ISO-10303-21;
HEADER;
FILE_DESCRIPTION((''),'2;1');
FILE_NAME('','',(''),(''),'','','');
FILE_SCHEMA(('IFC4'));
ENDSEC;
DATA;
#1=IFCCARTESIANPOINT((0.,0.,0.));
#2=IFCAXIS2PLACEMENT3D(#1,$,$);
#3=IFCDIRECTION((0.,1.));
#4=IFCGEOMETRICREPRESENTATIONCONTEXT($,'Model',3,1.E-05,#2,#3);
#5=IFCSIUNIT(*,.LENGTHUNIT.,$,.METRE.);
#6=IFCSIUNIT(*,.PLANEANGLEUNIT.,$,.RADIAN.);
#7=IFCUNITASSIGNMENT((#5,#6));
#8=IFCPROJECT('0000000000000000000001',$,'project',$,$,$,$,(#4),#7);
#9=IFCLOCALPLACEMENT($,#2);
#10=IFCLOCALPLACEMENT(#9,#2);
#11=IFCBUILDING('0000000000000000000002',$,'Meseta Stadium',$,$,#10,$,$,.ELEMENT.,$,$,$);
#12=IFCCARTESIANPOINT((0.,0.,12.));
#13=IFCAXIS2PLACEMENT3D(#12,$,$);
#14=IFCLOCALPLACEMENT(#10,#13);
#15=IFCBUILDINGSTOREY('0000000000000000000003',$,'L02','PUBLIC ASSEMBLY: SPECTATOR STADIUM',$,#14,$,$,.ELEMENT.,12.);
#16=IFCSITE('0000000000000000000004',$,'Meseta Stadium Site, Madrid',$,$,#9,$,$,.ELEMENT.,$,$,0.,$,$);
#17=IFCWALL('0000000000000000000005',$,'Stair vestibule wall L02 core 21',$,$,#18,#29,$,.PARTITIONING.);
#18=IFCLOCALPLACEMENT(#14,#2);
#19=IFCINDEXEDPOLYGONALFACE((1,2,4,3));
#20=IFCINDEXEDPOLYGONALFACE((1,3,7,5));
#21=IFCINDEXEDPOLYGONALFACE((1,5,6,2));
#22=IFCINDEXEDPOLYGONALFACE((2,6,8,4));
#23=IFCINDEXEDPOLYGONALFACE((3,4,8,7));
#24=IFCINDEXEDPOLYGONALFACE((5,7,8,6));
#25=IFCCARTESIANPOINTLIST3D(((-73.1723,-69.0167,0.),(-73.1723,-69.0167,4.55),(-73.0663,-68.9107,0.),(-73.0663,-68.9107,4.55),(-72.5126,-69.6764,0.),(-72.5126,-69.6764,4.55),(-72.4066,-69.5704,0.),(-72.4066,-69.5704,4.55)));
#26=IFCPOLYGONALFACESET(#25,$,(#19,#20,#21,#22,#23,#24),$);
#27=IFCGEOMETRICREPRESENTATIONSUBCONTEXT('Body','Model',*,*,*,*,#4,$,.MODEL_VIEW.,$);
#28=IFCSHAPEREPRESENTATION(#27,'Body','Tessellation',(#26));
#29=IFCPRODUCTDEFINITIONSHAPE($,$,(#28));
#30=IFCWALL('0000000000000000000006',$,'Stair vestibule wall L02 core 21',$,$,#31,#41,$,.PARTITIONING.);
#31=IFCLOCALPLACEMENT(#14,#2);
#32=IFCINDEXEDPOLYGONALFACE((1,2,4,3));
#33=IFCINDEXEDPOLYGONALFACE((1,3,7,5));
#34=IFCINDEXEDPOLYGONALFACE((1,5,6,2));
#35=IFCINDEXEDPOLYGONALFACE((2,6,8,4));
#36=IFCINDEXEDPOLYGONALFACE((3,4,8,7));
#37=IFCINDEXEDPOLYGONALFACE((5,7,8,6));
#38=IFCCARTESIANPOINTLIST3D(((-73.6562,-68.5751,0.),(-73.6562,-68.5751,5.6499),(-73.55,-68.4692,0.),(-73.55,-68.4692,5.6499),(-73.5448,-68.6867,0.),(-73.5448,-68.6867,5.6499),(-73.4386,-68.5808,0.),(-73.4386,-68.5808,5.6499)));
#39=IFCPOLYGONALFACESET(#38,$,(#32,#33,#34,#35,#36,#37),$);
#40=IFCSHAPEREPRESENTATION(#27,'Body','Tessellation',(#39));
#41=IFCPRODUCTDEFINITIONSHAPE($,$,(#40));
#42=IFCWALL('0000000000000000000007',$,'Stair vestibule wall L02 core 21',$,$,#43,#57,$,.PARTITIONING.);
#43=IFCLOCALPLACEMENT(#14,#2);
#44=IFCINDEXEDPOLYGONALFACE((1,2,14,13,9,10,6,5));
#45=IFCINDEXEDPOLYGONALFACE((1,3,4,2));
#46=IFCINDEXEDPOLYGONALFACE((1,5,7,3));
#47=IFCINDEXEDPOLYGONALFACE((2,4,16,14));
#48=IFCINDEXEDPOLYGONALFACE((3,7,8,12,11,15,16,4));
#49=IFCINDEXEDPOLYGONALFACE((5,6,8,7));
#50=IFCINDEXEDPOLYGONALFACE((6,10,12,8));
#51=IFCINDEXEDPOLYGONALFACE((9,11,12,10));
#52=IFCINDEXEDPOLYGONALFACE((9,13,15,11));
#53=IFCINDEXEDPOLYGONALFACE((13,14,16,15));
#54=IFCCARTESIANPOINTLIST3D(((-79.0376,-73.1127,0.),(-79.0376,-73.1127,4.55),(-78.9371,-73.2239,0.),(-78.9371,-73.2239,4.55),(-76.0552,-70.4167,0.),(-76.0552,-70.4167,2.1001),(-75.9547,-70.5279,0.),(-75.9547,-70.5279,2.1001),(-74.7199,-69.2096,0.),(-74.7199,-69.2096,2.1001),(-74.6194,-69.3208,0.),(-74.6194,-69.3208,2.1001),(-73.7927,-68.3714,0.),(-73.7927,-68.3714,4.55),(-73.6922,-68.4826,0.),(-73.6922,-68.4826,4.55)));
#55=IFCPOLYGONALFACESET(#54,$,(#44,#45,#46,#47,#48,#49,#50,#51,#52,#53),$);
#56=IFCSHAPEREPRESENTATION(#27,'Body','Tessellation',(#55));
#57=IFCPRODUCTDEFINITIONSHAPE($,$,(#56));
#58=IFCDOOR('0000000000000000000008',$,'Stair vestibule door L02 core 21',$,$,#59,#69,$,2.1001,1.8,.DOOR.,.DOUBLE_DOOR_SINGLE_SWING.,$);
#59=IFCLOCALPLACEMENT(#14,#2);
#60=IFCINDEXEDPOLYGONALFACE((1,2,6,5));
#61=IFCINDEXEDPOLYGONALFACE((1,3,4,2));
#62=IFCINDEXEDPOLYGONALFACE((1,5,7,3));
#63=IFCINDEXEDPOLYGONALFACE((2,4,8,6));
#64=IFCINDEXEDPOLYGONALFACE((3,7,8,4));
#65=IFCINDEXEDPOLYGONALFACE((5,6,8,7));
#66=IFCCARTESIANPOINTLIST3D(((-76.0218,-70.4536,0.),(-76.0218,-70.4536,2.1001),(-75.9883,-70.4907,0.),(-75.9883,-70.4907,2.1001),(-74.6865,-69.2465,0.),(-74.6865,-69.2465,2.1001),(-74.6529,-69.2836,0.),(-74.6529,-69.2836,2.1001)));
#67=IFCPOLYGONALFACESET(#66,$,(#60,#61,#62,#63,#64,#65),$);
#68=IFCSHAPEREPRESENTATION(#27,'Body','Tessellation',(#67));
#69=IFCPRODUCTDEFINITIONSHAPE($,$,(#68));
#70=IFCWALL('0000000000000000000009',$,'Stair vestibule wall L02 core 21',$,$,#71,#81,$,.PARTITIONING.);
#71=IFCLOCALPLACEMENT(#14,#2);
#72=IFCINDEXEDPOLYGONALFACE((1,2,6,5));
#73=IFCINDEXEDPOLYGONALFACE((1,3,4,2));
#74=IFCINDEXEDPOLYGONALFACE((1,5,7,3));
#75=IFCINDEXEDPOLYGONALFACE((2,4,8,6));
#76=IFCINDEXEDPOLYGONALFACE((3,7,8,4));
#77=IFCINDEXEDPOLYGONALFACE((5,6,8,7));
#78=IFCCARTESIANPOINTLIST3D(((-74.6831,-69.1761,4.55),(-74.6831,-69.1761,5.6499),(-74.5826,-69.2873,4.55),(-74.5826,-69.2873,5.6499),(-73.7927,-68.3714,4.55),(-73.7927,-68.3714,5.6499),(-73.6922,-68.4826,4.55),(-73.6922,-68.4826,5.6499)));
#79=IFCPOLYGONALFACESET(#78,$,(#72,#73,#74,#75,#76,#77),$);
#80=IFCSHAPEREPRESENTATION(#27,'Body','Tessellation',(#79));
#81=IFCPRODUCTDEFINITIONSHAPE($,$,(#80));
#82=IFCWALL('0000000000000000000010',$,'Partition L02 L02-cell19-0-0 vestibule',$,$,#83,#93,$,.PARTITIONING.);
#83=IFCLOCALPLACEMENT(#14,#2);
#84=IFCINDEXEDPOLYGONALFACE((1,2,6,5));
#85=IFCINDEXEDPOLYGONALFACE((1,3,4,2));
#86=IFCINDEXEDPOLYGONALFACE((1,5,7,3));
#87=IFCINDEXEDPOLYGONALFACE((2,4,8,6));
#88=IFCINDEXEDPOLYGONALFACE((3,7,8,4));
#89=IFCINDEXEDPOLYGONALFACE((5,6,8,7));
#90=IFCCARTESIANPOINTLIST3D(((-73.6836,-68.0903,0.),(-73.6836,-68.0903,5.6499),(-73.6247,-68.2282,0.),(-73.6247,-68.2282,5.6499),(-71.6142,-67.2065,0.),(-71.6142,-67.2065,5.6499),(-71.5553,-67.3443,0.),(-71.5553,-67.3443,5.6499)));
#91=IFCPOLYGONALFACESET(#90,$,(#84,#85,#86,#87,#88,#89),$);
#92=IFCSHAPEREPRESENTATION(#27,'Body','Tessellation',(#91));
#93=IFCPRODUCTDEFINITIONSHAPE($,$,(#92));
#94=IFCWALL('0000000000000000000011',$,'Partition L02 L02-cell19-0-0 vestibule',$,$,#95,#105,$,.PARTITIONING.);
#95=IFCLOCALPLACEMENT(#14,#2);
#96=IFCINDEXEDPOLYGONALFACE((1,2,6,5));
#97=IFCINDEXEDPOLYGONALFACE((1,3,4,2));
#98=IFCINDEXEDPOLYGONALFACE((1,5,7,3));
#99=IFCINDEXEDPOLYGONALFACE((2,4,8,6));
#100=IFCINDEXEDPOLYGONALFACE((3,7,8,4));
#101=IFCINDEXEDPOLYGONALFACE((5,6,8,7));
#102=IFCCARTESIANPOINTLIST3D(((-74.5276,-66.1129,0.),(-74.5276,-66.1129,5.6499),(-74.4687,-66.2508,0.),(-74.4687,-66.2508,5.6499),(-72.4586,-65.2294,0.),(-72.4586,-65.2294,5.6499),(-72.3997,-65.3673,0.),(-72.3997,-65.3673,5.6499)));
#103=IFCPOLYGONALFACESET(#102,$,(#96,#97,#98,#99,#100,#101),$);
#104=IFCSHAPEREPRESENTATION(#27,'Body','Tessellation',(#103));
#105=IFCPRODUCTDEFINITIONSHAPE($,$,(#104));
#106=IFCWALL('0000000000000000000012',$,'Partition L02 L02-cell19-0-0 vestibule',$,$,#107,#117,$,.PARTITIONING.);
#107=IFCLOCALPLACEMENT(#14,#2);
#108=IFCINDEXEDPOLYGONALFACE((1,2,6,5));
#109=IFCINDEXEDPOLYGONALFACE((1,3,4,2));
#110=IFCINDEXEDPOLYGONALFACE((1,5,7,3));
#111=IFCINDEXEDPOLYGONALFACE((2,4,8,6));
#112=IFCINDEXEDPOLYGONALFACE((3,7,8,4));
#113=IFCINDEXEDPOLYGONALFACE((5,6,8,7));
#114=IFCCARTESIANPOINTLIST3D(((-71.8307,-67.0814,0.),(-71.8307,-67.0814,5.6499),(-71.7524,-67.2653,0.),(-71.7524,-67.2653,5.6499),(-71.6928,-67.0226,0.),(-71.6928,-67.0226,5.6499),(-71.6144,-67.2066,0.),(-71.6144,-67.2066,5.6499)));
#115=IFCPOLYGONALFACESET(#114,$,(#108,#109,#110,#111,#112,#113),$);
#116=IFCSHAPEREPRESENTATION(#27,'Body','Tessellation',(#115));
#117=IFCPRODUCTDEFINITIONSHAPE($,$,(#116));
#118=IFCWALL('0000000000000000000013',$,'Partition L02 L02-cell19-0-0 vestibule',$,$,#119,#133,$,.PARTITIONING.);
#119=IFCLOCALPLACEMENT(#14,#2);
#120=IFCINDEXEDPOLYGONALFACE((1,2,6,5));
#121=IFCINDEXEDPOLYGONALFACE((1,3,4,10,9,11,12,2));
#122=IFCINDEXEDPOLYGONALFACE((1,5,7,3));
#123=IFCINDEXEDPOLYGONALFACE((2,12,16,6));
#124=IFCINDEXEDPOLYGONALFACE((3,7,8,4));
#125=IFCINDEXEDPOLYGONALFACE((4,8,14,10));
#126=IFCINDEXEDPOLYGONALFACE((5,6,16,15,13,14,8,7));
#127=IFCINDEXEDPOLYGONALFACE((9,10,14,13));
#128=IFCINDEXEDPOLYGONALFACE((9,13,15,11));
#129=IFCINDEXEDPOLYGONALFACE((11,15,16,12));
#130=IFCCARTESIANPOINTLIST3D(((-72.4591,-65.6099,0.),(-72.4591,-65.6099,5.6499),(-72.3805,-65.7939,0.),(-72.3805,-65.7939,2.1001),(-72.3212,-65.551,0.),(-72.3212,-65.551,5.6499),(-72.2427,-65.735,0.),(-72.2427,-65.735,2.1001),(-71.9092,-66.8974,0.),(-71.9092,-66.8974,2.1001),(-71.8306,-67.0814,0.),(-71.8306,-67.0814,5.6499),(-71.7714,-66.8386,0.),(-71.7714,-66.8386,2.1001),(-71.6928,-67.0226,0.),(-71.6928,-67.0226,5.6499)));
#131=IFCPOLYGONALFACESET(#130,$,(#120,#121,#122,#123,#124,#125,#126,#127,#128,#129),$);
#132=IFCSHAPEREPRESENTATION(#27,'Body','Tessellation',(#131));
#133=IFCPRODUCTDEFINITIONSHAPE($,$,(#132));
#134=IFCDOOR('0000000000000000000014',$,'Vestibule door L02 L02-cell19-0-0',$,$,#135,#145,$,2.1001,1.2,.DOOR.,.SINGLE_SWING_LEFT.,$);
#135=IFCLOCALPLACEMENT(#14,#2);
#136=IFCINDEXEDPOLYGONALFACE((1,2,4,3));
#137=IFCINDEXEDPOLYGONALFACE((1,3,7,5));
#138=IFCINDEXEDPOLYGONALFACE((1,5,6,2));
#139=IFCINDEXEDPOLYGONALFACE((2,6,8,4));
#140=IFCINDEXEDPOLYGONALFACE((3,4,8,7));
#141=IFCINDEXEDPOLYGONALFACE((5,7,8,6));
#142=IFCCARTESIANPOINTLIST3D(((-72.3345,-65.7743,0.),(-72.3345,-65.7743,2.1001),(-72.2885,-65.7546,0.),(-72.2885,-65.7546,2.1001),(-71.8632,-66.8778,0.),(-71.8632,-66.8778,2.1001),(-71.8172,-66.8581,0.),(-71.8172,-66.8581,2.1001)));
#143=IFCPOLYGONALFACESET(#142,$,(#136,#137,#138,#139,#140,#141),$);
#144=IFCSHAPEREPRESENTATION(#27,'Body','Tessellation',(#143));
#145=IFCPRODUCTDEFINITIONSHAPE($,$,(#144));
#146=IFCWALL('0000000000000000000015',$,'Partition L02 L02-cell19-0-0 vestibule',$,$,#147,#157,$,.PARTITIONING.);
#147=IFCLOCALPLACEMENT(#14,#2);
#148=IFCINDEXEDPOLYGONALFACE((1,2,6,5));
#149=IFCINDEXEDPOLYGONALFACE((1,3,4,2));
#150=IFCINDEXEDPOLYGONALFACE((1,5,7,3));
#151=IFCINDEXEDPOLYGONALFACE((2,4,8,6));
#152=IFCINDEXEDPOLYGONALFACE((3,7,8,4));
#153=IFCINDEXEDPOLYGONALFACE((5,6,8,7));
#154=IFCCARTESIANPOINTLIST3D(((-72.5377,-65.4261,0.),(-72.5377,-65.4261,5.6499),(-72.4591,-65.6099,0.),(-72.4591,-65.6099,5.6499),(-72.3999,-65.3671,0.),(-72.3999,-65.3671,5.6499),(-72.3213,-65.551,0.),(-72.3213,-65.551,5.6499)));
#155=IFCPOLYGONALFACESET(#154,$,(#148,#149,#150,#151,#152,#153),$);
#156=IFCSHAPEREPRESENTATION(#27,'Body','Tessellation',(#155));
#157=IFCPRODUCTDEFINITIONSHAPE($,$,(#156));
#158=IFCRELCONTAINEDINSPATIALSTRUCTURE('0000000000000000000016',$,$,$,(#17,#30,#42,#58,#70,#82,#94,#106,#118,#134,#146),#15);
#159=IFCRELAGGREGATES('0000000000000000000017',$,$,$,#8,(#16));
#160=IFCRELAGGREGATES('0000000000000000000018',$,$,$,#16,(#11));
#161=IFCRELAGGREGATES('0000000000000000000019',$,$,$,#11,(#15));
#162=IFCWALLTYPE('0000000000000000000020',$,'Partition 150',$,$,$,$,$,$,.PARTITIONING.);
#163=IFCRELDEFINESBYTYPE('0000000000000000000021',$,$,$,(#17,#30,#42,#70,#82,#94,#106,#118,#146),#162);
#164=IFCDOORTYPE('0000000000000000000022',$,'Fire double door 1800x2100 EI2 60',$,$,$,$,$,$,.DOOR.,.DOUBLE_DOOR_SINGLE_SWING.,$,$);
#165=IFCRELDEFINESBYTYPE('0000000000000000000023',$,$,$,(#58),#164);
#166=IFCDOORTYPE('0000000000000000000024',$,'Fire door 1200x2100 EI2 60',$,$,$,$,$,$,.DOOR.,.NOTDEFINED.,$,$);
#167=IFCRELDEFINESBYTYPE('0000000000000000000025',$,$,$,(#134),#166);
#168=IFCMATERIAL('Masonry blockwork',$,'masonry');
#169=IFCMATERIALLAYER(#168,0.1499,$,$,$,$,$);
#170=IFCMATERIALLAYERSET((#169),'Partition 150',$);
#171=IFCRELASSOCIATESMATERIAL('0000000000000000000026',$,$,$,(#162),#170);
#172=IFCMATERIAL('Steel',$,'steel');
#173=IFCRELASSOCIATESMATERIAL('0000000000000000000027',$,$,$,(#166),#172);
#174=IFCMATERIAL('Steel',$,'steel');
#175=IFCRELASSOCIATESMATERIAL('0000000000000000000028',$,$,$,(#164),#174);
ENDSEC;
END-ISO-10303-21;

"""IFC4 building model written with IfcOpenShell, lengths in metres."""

from ifc_helpers import new_model, si_unit, direction, frame, frame_2d, origin, place, context, subcontext, project, spatial, rectangle, extrude, material, layer, layer_set, type_object, element, fill, save


model = new_model("IFC4")

# Units and contexts
model_context = context("Model", 3, precision=1e-05, world=origin(), true_north=direction((0.0, 1.0)))
body_context = subcontext(model_context, "Body", "Model", "MODEL_VIEW")
ifc_project = project(units=[si_unit("LENGTHUNIT", "METRE"), si_unit("PLANEANGLEUNIT", "RADIAN")], contexts=[model_context])

# Site, building, storey
site_placement = place(None, origin())
site = spatial("IfcSite", under=ifc_project, at=site_placement, Name="Meseta Stadium Site, Madrid", CompositionType="ELEMENT", RefElevation=0.0)
building_placement = place(site_placement, origin())
building = spatial("IfcBuilding", under=site, at=building_placement, Name="Meseta Stadium", CompositionType="ELEMENT")
storey_placement = place(building_placement, frame((0.0, 0.0, 12.0)))
storey = spatial("IfcBuildingStorey", under=building, at=storey_placement, Name="L02", Description="PUBLIC ASSEMBLY: SPECTATOR STADIUM", CompositionType="ELEMENT", Elevation=12.0)

# Shared definitions
ifc_material_1 = material(Name="Masonry blockwork", Category="masonry")
ifc_layer = layer(ifc_material_1, 0.1499)
ifc_layer_set = layer_set([ifc_layer], Name="Partition 150")
wall_type = type_object("IfcWallType", Name="Partition 150", PredefinedType="PARTITIONING", material=ifc_layer_set)

# Shared definitions
ifc_material_2 = material(Name="Steel", Category="steel")
door_type_1 = type_object("IfcDoorType", Name="Fire door 1200x2100 EI2 60", OperationType="NOTDEFINED", PredefinedType="DOOR", material=ifc_material_2)

# Walls
wall_1_placement = place(storey_placement, frame((-72.4597, -69.6233, 0.0), z_axis=(0.0, 0.0, 1.0), x_axis=(-0.707107, 0.707107, 0.0)))
element("IfcWall", 1, at=wall_1_placement, inside=storey, type_object=wall_type, Name="Stair vestibule wall L02 core 21", PredefinedType="PARTITIONING", context=body_context, shape_type="SweptSolid", body=[
    extrude(rectangle(XDim=0.9329, YDim=0.1499, at=frame_2d((0.4663, 0.0))), origin(), (0.0, 0.0, 1.0), 4.55),
])
wall_2_placement = place(storey_placement, frame((-73.4917, -68.6338, 0.0), z_axis=(0.0, 0.0, 1.0), x_axis=(-0.706332, 0.707881, 0.0)))
element("IfcWall", 2, at=wall_2_placement, inside=storey, type_object=wall_type, Name="Stair vestibule wall L02 core 21", PredefinedType="PARTITIONING", context=body_context, shape_type="SweptSolid", body=[
    extrude(rectangle(XDim=0.1577, YDim=0.1499, at=frame_2d((0.0789, 0.0))), origin(), (0.0, 0.0, 1.0), 5.6499),
])

# Wall, opening, door
wall_3_placement = place(storey_placement, frame((-73.7424, -68.427, 0.0), z_axis=(0.0, 0.0, 1.0), x_axis=(-0.741828, -0.67059, 0.0)))
wall_3 = element("IfcWall", 3, at=wall_3_placement, inside=storey, type_object=wall_type, Name="Stair vestibule wall L02 core 21", PredefinedType="PARTITIONING", context=body_context, shape_type="SweptSolid", body=[
    extrude(rectangle(XDim=7.0703, YDim=0.1499, at=frame_2d((3.5352, 0.0))), origin(), (0.0, 0.0, 1.0), 4.55),
])
opening_1_placement = place(wall_3_placement, frame((1.25, 0.0, 0.0)))
opening_1 = element("IfcOpeningElement", 4, at=opening_1_placement, cuts=wall_3, PredefinedType="OPENING", context=body_context, shape_type="SweptSolid", body=[
    extrude(rectangle(XDim=1.8, YDim=2.1001, at=frame_2d((0.8999, 1.05))), frame((0.0, 0.085, 0.0), z_axis=(0.0, -1.0, 0.0), x_axis=(1.0, 0.0, 0.0)), (0.0, 0.0, 1.0), 0.1699),
])
ifc_material_3 = material(Name="Steel", Category="steel")
door_type_2 = type_object("IfcDoorType", Name="Fire double door 1800x2100 EI2 60", OperationType="DOUBLE_DOOR_SINGLE_SWING", PredefinedType="DOOR", material=ifc_material_3)
door_1_placement = place(opening_1_placement, origin())
door_1 = element("IfcDoor", 5, at=door_1_placement, inside=storey, type_object=door_type_2, Name="Stair vestibule door L02 core 21", OperationType="DOUBLE_DOOR_SINGLE_SWING", OverallHeight=2.1001, OverallWidth=1.8, PredefinedType="DOOR", context=body_context, shape_type="SweptSolid", body=[
    extrude(rectangle(XDim=1.8, YDim=2.1001, at=frame_2d((0.8999, 1.05))), frame((0.0, 0.0249, 0.0), z_axis=(0.0, -1.0, 0.0), x_axis=(1.0, 0.0, 0.0)), (0.0, 0.0, 1.0), 0.05),
])
fill(opening_1, door_1)

# Walls
wall_4_placement = place(storey_placement, frame((-73.7424, -68.427, 4.55), z_axis=(0.0, 0.0, 1.0), x_axis=(-0.741907, -0.670503, 0.0)))
element("IfcWall", 6, at=wall_4_placement, inside=storey, type_object=wall_type, Name="Stair vestibule wall L02 core 21", PredefinedType="PARTITIONING", context=body_context, shape_type="SweptSolid", body=[
    extrude(rectangle(XDim=1.2002, YDim=0.1499, at=frame_2d((0.6001, 0.0))), origin(), (0.0, 0.0, 1.0), 1.0999),
])
wall_5_placement = place(storey_placement, frame((-73.6541, -68.1592, 0.0), z_axis=(0.0, 0.0, 1.0), x_axis=(0.919638, 0.392767, 0.0)))
element("IfcWall", 7, at=wall_5_placement, inside=storey, type_object=wall_type, Name="Partition L02 L02-cell19-0-0 vestibule", PredefinedType="PARTITIONING", context=body_context, shape_type="SweptSolid", body=[
    extrude(rectangle(XDim=2.2502, YDim=0.1499, at=frame_2d((1.125, 0.0))), origin(), (0.0, 0.0, 1.0), 5.6499),
])
wall_6_placement = place(storey_placement, frame((-74.4983, -66.1819, 0.0), z_axis=(0.0, 0.0, 1.0), x_axis=(0.919661, 0.392714, 0.0)))
element("IfcWall", 8, at=wall_6_placement, inside=storey, type_object=wall_type, Name="Partition L02 L02-cell19-0-0 vestibule", PredefinedType="PARTITIONING", context=body_context, shape_type="SweptSolid", body=[
    extrude(rectangle(XDim=2.2498, YDim=0.1499, at=frame_2d((1.125, 0.0))), origin(), (0.0, 0.0, 1.0), 5.6499),
])
wall_7_placement = place(storey_placement, frame((-71.6833, -67.2361, 0.0), z_axis=(0.0, 0.0, 1.0), x_axis=(-0.391709, 0.920089, 0.0)))
element("IfcWall", 9, at=wall_7_placement, inside=storey, type_object=wall_type, Name="Partition L02 L02-cell19-0-0 vestibule", PredefinedType="PARTITIONING", context=body_context, shape_type="SweptSolid", body=[
    extrude(rectangle(XDim=0.2, YDim=0.1499, at=frame_2d((0.1001, 0.0))), origin(), (0.0, 0.0, 1.0), 5.6499),
])

# Wall, opening, door
wall_8_placement = place(storey_placement, frame((-71.7617, -67.052, 0.0), z_axis=(0.0, 0.0, 1.0), x_axis=(-0.392759, 0.919642, 0.0)))
wall_8 = element("IfcWall", 10, at=wall_8_placement, inside=storey, type_object=wall_type, Name="Partition L02 L02-cell19-0-0 vestibule", PredefinedType="PARTITIONING", context=body_context, shape_type="SweptSolid", body=[
    extrude(rectangle(XDim=1.6001, YDim=0.1499, at=frame_2d((0.8, 0.0))), origin(), (0.0, 0.0, 1.0), 5.6499),
])
opening_2_placement = place(wall_8_placement, frame((0.2, 0.0, 0.0)))
opening_2 = element("IfcOpeningElement", 11, at=opening_2_placement, cuts=wall_8, PredefinedType="OPENING", context=body_context, shape_type="SweptSolid", body=[
    extrude(rectangle(XDim=1.2, YDim=2.1001, at=frame_2d((0.6001, 1.05))), frame((0.0, 0.085, 0.0), z_axis=(0.0, -1.0, 0.0), x_axis=(1.0, 0.0, 0.0)), (0.0, 0.0, 1.0), 0.1699),
])
door_2_placement = place(opening_2_placement, origin())
door_2 = element("IfcDoor", 12, at=door_2_placement, inside=storey, type_object=door_type_1, Name="Vestibule door L02 L02-cell19-0-0", OperationType="SINGLE_SWING_LEFT", OverallHeight=2.1001, OverallWidth=1.2, PredefinedType="DOOR", context=body_context, shape_type="SweptSolid", body=[
    extrude(rectangle(XDim=1.2, YDim=2.1001, at=frame_2d((0.6001, 1.05))), frame((0.0, 0.0249, 0.0), z_axis=(0.0, -1.0, 0.0), x_axis=(1.0, 0.0, 0.0)), (0.0, 0.0, 1.0), 0.05),
])
fill(opening_2, door_2)

# Wall
wall_9_placement = place(storey_placement, frame((-72.3901, -65.5806, 0.0), z_axis=(0.0, 0.0, 1.0), x_axis=(-0.393182, 0.919461, 0.0)))
element("IfcWall", 13, at=wall_9_placement, inside=storey, type_object=wall_type, Name="Partition L02 L02-cell19-0-0 vestibule", PredefinedType="PARTITIONING", context=body_context, shape_type="SweptSolid", body=[
    extrude(rectangle(XDim=0.2, YDim=0.1499, at=frame_2d((0.1001, 0.0))), origin(), (0.0, 0.0, 1.0), 5.6499),
])

save(model, "model.ifc")
